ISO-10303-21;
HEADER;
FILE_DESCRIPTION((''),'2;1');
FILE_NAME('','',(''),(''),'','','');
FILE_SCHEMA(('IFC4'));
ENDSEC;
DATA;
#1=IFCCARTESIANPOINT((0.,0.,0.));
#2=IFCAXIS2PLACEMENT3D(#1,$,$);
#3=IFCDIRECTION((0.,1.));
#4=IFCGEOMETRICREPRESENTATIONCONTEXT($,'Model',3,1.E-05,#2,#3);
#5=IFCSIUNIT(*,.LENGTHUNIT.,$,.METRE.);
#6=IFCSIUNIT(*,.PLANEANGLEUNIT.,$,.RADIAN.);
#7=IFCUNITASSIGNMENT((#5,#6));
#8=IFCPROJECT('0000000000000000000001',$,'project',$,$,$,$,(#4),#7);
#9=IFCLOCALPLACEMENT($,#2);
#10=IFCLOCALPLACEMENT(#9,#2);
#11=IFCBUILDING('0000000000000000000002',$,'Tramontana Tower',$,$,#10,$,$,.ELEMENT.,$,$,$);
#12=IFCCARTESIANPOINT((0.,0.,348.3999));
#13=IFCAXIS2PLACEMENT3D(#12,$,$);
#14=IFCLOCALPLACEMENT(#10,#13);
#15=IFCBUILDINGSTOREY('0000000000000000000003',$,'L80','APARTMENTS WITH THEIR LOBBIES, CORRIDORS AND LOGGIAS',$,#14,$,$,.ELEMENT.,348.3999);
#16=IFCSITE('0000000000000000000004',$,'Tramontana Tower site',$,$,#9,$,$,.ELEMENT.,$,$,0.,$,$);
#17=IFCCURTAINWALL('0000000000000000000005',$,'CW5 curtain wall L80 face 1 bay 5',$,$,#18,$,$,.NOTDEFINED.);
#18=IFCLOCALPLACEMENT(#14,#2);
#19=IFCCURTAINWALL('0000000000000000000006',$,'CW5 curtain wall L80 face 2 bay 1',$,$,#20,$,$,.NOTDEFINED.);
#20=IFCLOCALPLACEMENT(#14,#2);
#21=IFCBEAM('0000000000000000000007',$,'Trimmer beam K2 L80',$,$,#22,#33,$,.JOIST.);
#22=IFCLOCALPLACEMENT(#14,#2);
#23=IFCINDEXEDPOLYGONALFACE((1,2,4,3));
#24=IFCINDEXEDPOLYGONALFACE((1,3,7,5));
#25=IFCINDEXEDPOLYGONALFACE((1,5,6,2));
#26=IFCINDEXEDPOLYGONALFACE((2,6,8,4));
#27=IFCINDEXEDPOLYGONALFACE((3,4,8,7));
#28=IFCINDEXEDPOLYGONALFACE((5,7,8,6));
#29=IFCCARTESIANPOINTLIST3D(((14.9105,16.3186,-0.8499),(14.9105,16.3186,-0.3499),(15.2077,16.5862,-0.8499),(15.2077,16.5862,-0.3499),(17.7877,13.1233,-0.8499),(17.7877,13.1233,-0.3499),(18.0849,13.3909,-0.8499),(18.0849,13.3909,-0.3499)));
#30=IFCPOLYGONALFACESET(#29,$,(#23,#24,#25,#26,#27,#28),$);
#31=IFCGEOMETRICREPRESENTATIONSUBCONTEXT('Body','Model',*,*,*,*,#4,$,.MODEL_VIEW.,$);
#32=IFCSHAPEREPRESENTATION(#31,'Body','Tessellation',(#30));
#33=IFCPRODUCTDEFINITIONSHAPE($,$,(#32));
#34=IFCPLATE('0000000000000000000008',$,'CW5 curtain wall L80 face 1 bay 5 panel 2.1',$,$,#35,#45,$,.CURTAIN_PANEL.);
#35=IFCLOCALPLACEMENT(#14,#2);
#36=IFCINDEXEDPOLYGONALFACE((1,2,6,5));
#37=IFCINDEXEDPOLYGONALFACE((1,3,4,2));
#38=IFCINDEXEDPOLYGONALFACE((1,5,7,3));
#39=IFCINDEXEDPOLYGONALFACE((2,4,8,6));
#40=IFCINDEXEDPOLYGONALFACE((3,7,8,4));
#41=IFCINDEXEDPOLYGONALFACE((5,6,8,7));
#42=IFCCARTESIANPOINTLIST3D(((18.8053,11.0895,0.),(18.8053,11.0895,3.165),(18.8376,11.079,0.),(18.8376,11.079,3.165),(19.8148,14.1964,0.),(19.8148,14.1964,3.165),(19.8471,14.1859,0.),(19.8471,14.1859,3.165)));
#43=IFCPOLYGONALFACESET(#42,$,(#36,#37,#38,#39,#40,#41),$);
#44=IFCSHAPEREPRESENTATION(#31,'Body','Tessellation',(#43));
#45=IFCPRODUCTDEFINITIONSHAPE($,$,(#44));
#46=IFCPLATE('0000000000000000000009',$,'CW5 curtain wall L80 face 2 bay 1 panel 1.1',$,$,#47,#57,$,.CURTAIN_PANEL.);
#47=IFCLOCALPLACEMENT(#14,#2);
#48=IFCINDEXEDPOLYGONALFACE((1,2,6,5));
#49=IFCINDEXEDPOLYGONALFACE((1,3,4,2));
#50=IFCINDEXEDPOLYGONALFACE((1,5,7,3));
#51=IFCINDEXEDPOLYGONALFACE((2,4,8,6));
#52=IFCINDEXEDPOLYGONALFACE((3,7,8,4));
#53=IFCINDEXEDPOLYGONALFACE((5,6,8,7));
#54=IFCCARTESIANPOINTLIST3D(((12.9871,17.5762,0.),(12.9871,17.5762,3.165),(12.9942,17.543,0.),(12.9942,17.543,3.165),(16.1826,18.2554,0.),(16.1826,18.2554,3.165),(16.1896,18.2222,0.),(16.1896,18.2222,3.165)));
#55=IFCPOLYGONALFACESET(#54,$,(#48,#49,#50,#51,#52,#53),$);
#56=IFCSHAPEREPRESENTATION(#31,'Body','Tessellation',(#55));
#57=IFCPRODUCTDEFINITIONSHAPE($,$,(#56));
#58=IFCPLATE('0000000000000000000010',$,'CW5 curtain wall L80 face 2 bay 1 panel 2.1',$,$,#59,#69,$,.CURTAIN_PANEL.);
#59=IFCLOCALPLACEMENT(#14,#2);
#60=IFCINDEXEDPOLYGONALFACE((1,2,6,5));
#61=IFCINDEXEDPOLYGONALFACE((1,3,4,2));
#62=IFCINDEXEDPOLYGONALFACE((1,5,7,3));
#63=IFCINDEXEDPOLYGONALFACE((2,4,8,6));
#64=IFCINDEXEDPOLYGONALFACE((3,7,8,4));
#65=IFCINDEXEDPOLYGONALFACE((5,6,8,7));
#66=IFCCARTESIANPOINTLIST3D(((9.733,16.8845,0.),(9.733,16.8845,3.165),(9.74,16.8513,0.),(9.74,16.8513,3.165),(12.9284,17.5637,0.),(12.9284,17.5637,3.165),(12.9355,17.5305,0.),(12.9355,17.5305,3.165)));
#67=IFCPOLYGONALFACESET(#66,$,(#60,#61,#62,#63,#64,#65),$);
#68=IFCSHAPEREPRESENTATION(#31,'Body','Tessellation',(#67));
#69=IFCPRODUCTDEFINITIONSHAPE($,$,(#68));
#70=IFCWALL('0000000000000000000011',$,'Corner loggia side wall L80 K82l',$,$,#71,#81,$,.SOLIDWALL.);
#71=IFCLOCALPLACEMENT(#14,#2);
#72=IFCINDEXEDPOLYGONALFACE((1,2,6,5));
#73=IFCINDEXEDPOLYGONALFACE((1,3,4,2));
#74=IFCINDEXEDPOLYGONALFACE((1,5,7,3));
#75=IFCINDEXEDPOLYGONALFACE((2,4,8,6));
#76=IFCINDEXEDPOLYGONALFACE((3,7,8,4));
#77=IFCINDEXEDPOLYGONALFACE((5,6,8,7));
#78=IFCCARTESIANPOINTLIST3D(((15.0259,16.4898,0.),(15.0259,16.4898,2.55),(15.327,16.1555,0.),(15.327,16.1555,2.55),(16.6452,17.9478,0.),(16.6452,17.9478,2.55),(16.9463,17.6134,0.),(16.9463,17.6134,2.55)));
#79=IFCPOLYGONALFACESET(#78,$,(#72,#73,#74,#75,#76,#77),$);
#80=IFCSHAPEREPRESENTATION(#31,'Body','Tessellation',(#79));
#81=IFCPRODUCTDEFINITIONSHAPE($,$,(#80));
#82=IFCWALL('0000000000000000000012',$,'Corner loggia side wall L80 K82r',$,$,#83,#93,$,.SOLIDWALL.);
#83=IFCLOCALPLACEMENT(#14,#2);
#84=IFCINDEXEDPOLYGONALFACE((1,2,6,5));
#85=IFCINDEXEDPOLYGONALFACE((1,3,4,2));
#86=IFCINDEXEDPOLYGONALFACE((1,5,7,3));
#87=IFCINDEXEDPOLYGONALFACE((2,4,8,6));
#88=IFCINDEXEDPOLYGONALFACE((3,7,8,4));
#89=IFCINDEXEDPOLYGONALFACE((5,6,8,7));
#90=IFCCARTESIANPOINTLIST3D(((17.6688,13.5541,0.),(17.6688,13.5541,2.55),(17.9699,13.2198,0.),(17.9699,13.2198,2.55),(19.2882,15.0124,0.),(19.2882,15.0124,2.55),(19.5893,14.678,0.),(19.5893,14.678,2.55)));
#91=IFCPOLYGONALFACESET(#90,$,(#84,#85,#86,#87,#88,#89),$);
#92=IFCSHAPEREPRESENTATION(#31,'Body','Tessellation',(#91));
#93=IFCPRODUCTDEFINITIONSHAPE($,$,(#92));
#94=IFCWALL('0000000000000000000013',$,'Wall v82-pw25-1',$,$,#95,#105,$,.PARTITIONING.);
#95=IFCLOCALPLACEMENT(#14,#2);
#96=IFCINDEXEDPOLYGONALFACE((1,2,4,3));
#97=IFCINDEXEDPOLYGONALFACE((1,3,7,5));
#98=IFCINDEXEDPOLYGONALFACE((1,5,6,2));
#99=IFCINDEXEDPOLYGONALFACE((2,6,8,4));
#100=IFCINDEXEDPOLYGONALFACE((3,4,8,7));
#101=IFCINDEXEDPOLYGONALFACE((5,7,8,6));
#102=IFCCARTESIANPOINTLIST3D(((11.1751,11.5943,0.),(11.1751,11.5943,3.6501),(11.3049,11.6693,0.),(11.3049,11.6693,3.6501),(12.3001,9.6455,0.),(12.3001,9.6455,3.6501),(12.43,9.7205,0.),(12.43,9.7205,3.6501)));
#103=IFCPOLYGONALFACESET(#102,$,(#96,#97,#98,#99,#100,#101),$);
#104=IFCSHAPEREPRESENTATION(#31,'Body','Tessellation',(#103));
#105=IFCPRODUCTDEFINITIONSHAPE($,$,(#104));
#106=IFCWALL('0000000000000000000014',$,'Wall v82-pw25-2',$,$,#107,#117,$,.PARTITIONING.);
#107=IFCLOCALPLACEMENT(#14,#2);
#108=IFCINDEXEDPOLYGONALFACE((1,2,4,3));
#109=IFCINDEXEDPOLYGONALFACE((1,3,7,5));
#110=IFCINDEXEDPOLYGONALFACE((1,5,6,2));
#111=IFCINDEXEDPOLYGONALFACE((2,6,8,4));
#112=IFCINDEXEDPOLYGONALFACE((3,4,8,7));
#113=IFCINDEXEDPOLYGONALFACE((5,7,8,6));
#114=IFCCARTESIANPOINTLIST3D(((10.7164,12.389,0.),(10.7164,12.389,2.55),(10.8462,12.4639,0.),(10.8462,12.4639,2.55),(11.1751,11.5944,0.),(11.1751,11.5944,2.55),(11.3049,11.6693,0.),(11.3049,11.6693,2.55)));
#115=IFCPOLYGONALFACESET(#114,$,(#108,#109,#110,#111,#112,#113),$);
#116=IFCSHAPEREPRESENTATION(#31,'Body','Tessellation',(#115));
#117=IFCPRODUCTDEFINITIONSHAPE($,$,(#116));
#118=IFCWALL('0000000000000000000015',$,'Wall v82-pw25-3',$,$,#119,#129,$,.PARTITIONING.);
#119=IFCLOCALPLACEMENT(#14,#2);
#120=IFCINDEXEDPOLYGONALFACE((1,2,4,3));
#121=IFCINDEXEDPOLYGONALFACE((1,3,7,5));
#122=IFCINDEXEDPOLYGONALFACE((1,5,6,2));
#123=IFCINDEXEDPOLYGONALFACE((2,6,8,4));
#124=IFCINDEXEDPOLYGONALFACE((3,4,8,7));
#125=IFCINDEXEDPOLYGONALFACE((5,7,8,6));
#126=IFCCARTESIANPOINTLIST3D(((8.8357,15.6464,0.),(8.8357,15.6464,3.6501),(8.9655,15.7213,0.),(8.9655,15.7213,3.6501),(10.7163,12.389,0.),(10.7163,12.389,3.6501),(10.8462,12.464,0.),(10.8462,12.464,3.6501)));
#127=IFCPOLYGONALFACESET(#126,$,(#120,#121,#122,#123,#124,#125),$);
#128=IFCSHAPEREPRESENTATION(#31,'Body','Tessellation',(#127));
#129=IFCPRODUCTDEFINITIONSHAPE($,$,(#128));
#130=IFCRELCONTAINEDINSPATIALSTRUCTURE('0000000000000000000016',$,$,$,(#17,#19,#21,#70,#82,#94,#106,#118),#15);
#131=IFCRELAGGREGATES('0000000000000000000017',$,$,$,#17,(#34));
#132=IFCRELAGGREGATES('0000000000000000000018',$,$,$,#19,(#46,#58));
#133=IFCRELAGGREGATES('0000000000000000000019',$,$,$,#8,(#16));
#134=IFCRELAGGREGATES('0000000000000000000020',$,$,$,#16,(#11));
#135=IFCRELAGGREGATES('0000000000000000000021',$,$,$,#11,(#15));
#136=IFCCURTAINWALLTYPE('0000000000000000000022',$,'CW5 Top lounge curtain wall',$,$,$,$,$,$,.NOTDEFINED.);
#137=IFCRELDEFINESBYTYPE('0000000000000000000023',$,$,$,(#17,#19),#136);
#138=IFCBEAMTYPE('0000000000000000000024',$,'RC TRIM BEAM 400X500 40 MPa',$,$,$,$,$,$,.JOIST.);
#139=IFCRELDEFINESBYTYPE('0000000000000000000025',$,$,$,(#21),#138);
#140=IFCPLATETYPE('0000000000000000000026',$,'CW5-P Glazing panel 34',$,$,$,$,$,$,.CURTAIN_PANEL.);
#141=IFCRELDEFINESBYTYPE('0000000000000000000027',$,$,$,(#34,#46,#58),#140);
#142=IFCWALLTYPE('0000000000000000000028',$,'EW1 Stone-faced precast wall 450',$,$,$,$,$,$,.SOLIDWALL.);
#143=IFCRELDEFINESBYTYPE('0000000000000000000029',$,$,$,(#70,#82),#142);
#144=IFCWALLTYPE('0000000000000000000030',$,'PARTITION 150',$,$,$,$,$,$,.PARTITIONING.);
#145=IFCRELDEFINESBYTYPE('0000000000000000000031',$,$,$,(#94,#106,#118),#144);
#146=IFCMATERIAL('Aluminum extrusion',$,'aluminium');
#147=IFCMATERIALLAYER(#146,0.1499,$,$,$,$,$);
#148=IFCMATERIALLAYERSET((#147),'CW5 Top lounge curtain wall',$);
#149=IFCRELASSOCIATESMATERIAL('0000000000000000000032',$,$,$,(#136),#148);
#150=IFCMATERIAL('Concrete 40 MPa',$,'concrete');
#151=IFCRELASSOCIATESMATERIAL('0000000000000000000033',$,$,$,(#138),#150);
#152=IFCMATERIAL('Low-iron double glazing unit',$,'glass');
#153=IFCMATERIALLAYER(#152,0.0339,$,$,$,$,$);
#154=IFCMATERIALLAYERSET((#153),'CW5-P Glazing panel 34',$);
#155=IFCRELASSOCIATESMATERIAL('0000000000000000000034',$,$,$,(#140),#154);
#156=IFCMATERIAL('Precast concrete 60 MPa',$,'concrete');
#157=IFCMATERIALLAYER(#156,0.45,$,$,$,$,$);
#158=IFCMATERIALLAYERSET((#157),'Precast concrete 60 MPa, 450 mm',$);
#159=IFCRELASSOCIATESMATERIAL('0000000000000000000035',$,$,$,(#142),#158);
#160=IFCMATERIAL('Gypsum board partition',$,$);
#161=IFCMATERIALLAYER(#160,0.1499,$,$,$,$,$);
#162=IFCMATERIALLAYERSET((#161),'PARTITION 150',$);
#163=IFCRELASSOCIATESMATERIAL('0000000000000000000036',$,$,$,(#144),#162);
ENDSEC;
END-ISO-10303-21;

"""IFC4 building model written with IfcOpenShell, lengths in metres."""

from ifc_helpers import new_model, si_unit, direction, frame, frame_2d, origin, origin_2d, place, context, subcontext, project, spatial, rectangle, extrude, material, layer, layer_set, material_profile, profile_set, type_object, element, aggregate, save


model = new_model("IFC4")

# Units and contexts
model_context = context("Model", 3, precision=1e-05, world=origin(), true_north=direction((0.0, 1.0)))
body_context = subcontext(model_context, "Body", "Model", "MODEL_VIEW")
ifc_project = project(units=[si_unit("LENGTHUNIT", "METRE"), si_unit("PLANEANGLEUNIT", "RADIAN")], contexts=[model_context])

# Site, building, storey
site_placement = place(None, origin())
site = spatial("IfcSite", under=ifc_project, at=site_placement, Name="Tramontana Tower site", CompositionType="ELEMENT", RefElevation=0.0)
building_placement = place(site_placement, origin())
building = spatial("IfcBuilding", under=site, at=building_placement, Name="Tramontana Tower", CompositionType="ELEMENT")
storey_placement = place(building_placement, frame((0.0, 0.0, 348.3999)))
storey = spatial("IfcBuildingStorey", under=building, at=storey_placement, Name="L80", Description="APARTMENTS WITH THEIR LOBBIES, CORRIDORS AND LOGGIAS", CompositionType="ELEMENT", Elevation=348.3999)

# Curtain walls
ifc_material_1 = material(Name="Aluminum extrusion", Category="aluminium")
ifc_layer_1 = layer(ifc_material_1, 0.1499)
ifc_layer_set_1 = layer_set([ifc_layer_1], Name="CW5 Top lounge curtain wall")
curtain_wall_type = type_object("IfcCurtainWallType", Name="CW5 Top lounge curtain wall", PredefinedType="NOTDEFINED", material=ifc_layer_set_1)
curtain_wall_1_placement = place(storey_placement, origin())
curtain_wall_1 = element("IfcCurtainWall", 1, at=curtain_wall_1_placement, inside=storey, type_object=curtain_wall_type, Name="CW5 curtain wall L80 face 1 bay 5", PredefinedType="NOTDEFINED")
curtain_wall_2_placement = place(storey_placement, origin())
curtain_wall_2 = element("IfcCurtainWall", 2, at=curtain_wall_2_placement, inside=storey, type_object=curtain_wall_type, Name="CW5 curtain wall L80 face 2 bay 1", PredefinedType="NOTDEFINED")

# Beam
ifc_material_2 = material(Name="Concrete 40 MPa", Category="concrete")
ifc_material_profile_1 = material_profile(ifc_material_2, rectangle(XDim=0.3999, YDim=0.5, at=origin_2d()), Name="RC TRIM BEAM 400X500 40 MPa")
ifc_profile_set_1 = profile_set([ifc_material_profile_1], Name="Concrete 40 MPa")
beam_type_1 = type_object("IfcBeamType", Name="RC TRIM BEAM 400X500 40 MPa", PredefinedType="JOIST", material=ifc_profile_set_1)
beam_1_placement = place(storey_placement, frame((17.9363, 13.2571, -0.5999), z_axis=(-0.669147, 0.74313, 0.0), x_axis=(-0.74313, -0.669147, 0.0)))
element("IfcBeam", 3, at=beam_1_placement, inside=storey, type_object=beam_type_1, Name="Trimmer beam K2 L80", PredefinedType="JOIST", context=body_context, shape_type="SweptSolid", body=[
    extrude(rectangle(XDim=0.3999, YDim=0.5, at=origin_2d()), origin(), (0.0, 0.0, 1.0), 4.2998),
])

# Plates
ifc_material_3 = material(Name="Low-iron double glazing unit", Category="glass")
ifc_layer_2 = layer(ifc_material_3, 0.0339)
ifc_layer_set_2 = layer_set([ifc_layer_2], Name="CW5-P Glazing panel 34")
plate_type = type_object("IfcPlateType", Name="CW5-P Glazing panel 34", PredefinedType="CURTAIN_PANEL", material=ifc_layer_set_2)
plate_1_placement = place(storey_placement, frame((19.3262, 12.6377, 0.0), z_axis=(0.0, 0.0, 1.0), x_axis=(0.309017, 0.951057, 0.0)))
plate_1 = element("IfcPlate", 4, at=plate_1_placement, type_object=plate_type, Name="CW5 curtain wall L80 face 1 bay 5 panel 2.1", PredefinedType="CURTAIN_PANEL", context=body_context, shape_type="SweptSolid", body=[
    extrude(rectangle(XDim=3.2668, YDim=0.0339, at=origin_2d()), origin(), (0.0, 0.0, 1.0), 3.165),
])
aggregate(curtain_wall_1, [plate_1])
plate_2_placement = place(storey_placement, frame((14.5884, 17.8992, 0.0), z_axis=(0.0, 0.0, 1.0), x_axis=(-0.978148, -0.207912, 0.0)))
plate_2 = element("IfcPlate", 5, at=plate_2_placement, type_object=plate_type, Name="CW5 curtain wall L80 face 2 bay 1 panel 1.1", PredefinedType="CURTAIN_PANEL", context=body_context, shape_type="SweptSolid", body=[
    extrude(rectangle(XDim=3.2668, YDim=0.0339, at=origin_2d()), origin(), (0.0, 0.0, 1.0), 3.165),
])
plate_3_placement = place(storey_placement, frame((11.3342, 17.2075, 0.0), z_axis=(0.0, 0.0, 1.0), x_axis=(-0.978148, -0.207912, 0.0)))
plate_3 = element("IfcPlate", 6, at=plate_3_placement, type_object=plate_type, Name="CW5 curtain wall L80 face 2 bay 1 panel 2.1", PredefinedType="CURTAIN_PANEL", context=body_context, shape_type="SweptSolid", body=[
    extrude(rectangle(XDim=3.2668, YDim=0.0339, at=origin_2d()), origin(), (0.0, 0.0, 1.0), 3.165),
])
aggregate(curtain_wall_2, [plate_2, plate_3])

# Walls
ifc_material_4 = material(Name="Precast concrete 60 MPa", Category="concrete")
ifc_layer_3 = layer(ifc_material_4, 0.45)
ifc_layer_set_3 = layer_set([ifc_layer_3], Name="Precast concrete 60 MPa, 450 mm")
wall_type_1 = type_object("IfcWallType", Name="EW1 Stone-faced precast wall 450", PredefinedType="SOLIDWALL", material=ifc_layer_set_3)
wall_1_placement = place(storey_placement, frame((16.7957, 17.7805, 0.0), z_axis=(0.0, 0.0, 1.0), x_axis=(-0.743166, -0.669107, 0.0)))
element("IfcWall", 7, at=wall_1_placement, inside=storey, type_object=wall_type_1, Name="Corner loggia side wall L80 K82l", PredefinedType="SOLIDWALL", context=body_context, shape_type="SweptSolid", body=[
    extrude(rectangle(XDim=2.179, YDim=0.45, at=frame_2d((1.0894, 0.0))), origin(), (0.0, 0.0, 1.0), 2.55),
])
wall_2_placement = place(storey_placement, frame((19.4387, 14.8452, 0.0), z_axis=(0.0, 0.0, 1.0), x_axis=(-0.74311, -0.669169, 0.0)))
element("IfcWall", 8, at=wall_2_placement, inside=storey, type_object=wall_type_1, Name="Corner loggia side wall L80 K82r", PredefinedType="SOLIDWALL", context=body_context, shape_type="SweptSolid", body=[
    extrude(rectangle(XDim=2.1792, YDim=0.45, at=frame_2d((1.0896, 0.0))), origin(), (0.0, 0.0, 1.0), 2.55),
])

# Walls
ifc_material_5 = material(Name="Gypsum board partition")
ifc_layer_4 = layer(ifc_material_5, 0.1499)
ifc_layer_set_4 = layer_set([ifc_layer_4], Name="PARTITION 150")
wall_type_2 = type_object("IfcWallType", Name="PARTITION 150", PredefinedType="PARTITIONING", material=ifc_layer_set_4)
wall_3_placement = place(storey_placement, frame((12.365, 9.6831, 0.0), z_axis=(0.0, 0.0, 1.0), x_axis=(-0.499967, 0.866045, 0.0)))
element("IfcWall", 9, at=wall_3_placement, inside=storey, type_object=wall_type_2, Name="Wall v82-pw25-1", PredefinedType="PARTITIONING", context=body_context, shape_type="SweptSolid", body=[
    extrude(rectangle(XDim=2.2502, YDim=0.1499, at=frame_2d((1.125, 0.0))), origin(), (0.0, 0.0, 1.0), 3.6501),
])
wall_4_placement = place(storey_placement, frame((11.24, 11.6318, 0.0), z_axis=(0.0, 0.0, 1.0), x_axis=(-0.499945, 0.866057, 0.0)))
element("IfcWall", 10, at=wall_4_placement, inside=storey, type_object=wall_type_2, Name="Wall v82-pw25-2", PredefinedType="PARTITIONING", context=body_context, shape_type="SweptSolid", body=[
    extrude(rectangle(XDim=0.9175, YDim=0.1499, at=frame_2d((0.4587, 0.0))), origin(), (0.0, 0.0, 1.0), 2.55),
])
wall_5_placement = place(storey_placement, frame((10.7812, 12.4265, 0.0), z_axis=(0.0, 0.0, 1.0), x_axis=(-0.5, 0.866026, 0.0)))
element("IfcWall", 11, at=wall_5_placement, inside=storey, type_object=wall_type_2, Name="Wall v82-pw25-3", PredefinedType="PARTITIONING", context=body_context, shape_type="SweptSolid", body=[
    extrude(rectangle(XDim=3.7612, YDim=0.1499, at=frame_2d((1.8806, 0.0))), origin(), (0.0, 0.0, 1.0), 3.6501),
])

save(model, "model.ifc")
